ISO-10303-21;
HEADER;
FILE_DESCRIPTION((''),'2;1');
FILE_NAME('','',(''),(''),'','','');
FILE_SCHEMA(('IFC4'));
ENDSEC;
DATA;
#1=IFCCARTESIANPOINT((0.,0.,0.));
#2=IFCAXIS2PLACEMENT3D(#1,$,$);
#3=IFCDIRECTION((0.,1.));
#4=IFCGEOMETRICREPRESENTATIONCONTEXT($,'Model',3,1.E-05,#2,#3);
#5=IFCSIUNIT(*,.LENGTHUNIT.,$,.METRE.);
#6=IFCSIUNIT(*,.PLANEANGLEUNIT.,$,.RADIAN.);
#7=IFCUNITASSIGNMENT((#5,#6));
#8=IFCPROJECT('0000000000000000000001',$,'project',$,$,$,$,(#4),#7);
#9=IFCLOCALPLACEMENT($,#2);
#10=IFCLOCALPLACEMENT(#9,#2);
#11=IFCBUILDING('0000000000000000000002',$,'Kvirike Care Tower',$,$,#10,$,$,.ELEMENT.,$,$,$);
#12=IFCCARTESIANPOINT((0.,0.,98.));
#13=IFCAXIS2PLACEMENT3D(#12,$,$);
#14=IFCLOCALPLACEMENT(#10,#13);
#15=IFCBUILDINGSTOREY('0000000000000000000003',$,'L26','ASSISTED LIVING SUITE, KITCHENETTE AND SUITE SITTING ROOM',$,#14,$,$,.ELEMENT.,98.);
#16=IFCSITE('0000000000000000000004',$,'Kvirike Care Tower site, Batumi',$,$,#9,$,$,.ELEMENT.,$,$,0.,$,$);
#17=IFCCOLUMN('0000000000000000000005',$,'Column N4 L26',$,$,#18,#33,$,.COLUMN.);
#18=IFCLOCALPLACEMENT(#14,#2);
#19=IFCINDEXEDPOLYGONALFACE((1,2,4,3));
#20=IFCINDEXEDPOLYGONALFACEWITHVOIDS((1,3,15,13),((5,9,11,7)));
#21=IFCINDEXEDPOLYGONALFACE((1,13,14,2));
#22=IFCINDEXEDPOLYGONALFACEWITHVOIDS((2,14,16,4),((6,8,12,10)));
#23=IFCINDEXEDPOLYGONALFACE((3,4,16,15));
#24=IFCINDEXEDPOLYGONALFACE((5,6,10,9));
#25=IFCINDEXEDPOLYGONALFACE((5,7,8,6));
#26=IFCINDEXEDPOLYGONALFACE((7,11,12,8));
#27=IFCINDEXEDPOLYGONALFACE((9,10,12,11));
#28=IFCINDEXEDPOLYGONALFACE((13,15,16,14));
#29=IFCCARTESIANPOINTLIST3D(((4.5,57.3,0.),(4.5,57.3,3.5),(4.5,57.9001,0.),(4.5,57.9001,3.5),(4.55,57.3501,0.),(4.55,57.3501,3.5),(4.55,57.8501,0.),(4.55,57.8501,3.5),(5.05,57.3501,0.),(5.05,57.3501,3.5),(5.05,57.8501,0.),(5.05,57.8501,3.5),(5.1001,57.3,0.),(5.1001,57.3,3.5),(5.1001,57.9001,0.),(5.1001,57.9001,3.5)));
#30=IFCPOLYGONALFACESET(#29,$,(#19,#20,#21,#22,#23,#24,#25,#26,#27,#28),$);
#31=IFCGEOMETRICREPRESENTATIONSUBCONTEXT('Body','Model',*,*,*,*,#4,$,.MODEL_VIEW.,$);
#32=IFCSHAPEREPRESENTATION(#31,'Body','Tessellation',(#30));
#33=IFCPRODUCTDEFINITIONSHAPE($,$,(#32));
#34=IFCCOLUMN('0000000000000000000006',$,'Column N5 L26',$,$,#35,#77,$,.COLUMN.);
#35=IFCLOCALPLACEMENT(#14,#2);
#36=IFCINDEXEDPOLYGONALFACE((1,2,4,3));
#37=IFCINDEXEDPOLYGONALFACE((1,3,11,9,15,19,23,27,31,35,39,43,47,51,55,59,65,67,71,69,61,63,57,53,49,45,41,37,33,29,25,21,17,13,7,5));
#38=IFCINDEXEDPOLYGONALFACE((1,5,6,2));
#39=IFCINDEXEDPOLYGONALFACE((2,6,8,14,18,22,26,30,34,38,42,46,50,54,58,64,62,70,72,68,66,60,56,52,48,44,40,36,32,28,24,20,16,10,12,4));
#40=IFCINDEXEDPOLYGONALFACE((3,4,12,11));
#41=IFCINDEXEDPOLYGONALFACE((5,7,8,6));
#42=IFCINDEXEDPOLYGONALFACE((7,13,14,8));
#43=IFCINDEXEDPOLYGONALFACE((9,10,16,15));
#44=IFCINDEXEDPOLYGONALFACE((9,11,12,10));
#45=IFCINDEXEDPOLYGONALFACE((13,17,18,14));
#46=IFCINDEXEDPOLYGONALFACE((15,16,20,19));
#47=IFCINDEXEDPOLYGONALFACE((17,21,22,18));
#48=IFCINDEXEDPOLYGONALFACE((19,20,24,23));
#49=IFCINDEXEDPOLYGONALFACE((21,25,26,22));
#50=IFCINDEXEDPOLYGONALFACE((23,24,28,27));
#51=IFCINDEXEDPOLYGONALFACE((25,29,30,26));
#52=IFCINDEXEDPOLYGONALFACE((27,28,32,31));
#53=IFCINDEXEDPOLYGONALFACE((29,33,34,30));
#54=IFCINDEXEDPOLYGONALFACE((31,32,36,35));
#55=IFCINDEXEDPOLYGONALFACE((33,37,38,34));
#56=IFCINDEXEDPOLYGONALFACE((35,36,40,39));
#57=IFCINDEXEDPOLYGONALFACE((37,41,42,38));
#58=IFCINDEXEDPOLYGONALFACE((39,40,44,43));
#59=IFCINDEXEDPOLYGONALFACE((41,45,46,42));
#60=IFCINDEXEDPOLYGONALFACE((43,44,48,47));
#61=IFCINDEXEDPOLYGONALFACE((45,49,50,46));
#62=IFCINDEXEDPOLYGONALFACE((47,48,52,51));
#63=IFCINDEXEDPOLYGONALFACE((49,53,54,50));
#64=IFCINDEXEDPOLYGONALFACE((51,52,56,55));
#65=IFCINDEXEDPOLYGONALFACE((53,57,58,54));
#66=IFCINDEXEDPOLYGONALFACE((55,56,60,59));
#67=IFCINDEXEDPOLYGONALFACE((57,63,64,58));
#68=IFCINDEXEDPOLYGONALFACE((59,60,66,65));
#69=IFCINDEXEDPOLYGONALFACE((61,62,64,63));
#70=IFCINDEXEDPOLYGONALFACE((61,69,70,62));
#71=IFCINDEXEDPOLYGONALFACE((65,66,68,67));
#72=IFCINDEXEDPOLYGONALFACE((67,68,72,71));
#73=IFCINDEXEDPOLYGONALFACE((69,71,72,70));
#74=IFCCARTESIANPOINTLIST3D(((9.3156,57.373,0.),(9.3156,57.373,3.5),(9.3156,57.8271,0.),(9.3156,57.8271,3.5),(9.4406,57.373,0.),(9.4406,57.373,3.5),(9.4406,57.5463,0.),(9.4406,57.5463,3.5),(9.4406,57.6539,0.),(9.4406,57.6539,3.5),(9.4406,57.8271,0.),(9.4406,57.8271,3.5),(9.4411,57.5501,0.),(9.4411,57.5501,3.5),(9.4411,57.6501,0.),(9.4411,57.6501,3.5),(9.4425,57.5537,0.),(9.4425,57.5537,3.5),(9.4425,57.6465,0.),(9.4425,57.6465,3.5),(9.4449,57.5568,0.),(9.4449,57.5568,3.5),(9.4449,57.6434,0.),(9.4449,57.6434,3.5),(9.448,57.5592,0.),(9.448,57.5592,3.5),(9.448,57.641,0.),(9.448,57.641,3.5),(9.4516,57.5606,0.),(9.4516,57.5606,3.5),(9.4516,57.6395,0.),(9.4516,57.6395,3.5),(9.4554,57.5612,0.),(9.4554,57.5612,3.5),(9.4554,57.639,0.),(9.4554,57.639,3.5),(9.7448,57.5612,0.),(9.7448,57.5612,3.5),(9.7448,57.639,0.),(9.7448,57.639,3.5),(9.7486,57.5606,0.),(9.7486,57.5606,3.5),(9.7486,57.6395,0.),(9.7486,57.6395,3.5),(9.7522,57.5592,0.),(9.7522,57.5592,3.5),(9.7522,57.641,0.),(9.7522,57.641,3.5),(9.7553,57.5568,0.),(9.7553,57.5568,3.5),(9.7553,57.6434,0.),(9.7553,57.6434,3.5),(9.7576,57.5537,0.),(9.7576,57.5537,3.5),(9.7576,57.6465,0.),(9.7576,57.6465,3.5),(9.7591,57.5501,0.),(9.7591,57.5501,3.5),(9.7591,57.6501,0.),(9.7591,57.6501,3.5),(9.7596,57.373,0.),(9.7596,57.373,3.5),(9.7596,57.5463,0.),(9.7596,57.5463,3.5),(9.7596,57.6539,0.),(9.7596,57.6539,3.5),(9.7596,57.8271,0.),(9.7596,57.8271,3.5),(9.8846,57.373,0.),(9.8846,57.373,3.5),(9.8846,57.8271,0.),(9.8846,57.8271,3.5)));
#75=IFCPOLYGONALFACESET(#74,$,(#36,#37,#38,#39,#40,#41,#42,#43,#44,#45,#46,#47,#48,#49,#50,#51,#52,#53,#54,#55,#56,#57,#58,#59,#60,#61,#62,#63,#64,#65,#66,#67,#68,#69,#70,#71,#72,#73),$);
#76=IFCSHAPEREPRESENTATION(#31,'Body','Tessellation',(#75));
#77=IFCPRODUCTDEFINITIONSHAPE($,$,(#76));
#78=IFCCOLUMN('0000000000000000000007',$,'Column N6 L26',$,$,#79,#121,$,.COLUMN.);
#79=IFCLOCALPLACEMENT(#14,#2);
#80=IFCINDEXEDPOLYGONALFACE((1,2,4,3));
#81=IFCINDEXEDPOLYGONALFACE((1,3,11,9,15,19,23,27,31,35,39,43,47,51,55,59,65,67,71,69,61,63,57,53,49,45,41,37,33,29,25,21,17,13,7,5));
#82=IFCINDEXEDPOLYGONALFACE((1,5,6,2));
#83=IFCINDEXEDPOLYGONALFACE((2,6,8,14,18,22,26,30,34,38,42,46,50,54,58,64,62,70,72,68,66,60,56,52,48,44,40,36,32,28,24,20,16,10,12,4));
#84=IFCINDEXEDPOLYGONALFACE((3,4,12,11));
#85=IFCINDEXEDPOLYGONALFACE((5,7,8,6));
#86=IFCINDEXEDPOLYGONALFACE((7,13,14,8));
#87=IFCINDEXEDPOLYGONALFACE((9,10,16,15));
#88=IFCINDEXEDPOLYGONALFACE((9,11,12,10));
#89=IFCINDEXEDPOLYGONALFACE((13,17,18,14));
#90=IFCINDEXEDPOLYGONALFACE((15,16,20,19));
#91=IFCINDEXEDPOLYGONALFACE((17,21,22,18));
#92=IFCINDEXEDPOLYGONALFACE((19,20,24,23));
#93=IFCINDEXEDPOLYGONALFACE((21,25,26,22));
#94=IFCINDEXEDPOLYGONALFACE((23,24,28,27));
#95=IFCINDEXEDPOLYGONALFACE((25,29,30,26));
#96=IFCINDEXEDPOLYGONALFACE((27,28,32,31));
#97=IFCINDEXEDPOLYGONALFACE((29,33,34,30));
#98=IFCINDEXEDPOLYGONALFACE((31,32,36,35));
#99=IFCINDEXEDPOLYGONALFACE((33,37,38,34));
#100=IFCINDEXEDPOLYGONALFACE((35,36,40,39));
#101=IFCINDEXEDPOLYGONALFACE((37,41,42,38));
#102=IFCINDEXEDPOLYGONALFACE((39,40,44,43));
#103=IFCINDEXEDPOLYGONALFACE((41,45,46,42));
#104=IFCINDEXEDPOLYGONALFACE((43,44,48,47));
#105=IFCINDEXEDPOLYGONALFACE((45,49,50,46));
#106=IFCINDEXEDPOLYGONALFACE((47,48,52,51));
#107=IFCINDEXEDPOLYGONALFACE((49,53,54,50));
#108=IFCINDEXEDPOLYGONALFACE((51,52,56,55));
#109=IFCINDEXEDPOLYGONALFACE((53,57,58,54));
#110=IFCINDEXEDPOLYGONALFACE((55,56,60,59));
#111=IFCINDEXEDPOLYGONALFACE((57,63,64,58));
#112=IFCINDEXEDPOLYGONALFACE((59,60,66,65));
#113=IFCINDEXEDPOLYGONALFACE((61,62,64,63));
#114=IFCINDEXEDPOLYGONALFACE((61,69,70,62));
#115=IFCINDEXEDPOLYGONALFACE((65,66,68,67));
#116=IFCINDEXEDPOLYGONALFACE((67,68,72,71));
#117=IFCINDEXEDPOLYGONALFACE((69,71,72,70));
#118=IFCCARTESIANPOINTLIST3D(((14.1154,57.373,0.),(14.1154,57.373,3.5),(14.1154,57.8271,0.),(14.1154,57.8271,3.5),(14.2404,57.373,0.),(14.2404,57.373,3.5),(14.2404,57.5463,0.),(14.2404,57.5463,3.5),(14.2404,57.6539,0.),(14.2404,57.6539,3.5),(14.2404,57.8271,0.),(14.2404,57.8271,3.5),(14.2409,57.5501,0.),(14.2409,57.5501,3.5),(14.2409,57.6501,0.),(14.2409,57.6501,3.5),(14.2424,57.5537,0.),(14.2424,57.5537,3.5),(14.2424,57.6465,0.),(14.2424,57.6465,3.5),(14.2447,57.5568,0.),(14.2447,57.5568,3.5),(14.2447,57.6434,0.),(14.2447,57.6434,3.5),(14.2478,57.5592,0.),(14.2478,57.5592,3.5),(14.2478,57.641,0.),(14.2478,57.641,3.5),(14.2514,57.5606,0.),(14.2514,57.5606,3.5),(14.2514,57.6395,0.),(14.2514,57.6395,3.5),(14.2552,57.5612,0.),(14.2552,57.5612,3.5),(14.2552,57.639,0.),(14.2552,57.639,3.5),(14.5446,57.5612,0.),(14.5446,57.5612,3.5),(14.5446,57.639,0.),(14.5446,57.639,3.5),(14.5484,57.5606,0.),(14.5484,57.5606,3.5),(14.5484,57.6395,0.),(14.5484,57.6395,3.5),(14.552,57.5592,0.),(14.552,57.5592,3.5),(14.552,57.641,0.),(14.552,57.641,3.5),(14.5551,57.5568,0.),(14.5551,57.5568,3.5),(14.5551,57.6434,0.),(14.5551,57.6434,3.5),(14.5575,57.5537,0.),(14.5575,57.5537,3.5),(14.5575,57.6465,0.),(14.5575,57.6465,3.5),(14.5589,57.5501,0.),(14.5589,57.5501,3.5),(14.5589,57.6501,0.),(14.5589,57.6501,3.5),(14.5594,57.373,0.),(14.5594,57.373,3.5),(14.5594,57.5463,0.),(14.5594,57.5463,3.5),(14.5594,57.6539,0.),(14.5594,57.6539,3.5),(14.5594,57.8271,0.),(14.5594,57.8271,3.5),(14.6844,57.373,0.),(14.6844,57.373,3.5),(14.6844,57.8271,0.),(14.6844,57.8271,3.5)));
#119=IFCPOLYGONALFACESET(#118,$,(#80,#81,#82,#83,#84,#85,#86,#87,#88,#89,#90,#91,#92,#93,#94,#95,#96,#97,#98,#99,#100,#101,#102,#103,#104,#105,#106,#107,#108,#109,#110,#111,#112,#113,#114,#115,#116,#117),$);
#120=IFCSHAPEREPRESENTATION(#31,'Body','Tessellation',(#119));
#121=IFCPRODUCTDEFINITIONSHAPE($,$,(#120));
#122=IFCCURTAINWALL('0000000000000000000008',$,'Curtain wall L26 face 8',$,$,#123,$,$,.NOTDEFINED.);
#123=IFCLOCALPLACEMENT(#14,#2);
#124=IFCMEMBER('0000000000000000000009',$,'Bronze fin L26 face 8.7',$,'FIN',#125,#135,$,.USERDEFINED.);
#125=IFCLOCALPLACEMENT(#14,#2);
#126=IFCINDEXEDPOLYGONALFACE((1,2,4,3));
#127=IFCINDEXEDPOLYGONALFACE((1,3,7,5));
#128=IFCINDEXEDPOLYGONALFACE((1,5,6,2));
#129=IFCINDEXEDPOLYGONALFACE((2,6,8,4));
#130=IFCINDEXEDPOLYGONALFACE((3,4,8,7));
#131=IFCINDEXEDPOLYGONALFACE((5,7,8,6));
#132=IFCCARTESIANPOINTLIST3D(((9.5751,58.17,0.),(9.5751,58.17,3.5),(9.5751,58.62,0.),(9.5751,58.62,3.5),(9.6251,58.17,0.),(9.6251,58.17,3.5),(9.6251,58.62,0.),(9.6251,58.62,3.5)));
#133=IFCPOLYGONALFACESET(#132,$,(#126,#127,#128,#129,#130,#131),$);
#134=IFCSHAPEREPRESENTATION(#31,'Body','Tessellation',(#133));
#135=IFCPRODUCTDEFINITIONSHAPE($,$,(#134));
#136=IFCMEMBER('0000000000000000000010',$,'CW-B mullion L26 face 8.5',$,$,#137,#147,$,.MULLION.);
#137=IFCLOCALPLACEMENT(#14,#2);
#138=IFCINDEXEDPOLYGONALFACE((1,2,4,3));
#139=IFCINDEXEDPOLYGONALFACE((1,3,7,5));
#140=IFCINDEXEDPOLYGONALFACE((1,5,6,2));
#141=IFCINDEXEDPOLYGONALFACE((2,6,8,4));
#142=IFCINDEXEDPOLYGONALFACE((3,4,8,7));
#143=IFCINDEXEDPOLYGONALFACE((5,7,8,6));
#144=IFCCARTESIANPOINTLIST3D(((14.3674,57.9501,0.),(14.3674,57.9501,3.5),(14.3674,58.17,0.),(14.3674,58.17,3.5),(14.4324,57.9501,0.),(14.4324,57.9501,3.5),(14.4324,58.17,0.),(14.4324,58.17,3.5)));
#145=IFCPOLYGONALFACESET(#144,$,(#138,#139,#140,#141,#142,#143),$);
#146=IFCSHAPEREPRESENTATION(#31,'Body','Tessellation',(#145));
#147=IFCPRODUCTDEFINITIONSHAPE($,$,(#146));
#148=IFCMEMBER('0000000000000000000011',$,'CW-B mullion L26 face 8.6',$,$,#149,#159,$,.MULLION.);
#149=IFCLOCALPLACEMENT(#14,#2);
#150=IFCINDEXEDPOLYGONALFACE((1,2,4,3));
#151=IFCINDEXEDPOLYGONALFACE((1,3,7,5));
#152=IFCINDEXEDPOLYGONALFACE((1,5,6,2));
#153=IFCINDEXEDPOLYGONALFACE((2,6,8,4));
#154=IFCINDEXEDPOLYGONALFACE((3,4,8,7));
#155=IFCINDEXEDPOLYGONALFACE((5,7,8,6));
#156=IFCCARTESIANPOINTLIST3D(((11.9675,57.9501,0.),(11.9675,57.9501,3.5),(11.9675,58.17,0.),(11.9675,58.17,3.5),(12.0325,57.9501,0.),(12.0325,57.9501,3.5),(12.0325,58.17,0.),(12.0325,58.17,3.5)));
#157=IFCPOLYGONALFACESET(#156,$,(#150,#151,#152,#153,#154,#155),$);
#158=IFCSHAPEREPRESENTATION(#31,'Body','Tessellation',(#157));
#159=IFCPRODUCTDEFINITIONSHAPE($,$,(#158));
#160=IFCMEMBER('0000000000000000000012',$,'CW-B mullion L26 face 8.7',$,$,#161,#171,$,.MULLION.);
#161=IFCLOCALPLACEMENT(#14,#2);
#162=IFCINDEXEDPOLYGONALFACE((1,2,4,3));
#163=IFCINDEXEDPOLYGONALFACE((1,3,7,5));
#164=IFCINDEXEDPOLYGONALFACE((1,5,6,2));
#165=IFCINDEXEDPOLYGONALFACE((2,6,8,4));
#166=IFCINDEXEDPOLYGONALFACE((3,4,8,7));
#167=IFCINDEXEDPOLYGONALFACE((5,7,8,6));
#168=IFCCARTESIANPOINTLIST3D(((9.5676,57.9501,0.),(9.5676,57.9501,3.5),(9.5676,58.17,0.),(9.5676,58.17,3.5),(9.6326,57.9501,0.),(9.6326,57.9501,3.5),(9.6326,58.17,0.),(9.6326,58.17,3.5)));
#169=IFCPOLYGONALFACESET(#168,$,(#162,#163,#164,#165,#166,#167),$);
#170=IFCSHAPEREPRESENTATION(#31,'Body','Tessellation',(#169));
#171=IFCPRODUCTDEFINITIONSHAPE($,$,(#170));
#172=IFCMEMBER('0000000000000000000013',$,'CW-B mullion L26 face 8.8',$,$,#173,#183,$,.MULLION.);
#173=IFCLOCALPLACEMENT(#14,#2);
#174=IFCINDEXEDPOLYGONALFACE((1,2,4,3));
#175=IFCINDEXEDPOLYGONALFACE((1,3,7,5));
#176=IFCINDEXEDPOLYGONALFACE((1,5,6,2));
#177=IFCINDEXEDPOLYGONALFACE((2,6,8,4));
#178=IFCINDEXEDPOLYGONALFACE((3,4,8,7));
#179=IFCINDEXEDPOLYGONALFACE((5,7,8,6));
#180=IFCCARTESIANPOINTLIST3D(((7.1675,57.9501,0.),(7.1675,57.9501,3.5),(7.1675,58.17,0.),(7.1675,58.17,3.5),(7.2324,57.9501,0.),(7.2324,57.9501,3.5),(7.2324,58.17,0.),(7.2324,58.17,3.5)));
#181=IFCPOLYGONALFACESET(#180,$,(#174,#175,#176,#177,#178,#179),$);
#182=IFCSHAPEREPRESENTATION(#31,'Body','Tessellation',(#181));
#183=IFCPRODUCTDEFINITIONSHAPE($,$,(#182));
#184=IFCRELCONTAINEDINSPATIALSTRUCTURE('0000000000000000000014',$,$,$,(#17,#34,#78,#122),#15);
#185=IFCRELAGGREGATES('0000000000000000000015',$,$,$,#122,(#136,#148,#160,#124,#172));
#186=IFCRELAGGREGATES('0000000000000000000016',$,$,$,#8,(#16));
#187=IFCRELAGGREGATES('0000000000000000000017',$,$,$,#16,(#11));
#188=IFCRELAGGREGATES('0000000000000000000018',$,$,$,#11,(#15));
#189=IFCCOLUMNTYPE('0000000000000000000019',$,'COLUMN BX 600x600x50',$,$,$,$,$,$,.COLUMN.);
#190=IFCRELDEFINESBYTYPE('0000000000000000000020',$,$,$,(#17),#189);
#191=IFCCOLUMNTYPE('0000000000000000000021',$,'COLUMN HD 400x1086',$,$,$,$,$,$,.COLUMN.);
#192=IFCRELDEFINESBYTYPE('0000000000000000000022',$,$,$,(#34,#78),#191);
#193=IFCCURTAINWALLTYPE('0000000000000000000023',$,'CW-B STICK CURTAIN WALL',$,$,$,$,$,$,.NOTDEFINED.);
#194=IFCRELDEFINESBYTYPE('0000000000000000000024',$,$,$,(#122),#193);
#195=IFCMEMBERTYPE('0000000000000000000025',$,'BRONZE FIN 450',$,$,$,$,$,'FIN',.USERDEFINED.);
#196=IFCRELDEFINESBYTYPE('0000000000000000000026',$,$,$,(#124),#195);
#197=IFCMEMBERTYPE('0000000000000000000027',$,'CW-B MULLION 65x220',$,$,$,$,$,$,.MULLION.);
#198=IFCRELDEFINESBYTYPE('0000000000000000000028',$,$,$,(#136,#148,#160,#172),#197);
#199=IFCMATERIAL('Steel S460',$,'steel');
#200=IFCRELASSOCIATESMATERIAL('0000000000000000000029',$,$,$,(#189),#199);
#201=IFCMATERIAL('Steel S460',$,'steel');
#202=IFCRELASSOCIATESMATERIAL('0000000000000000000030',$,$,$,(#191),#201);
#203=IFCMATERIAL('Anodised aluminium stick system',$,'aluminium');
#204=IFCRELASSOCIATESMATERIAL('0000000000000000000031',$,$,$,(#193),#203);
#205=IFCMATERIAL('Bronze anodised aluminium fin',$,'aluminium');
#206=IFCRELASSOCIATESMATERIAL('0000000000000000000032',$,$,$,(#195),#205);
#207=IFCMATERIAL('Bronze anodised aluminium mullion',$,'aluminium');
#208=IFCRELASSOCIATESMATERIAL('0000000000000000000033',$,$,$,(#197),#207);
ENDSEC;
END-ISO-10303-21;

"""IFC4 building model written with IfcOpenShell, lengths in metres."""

from ifc_helpers import new_model, si_unit, direction, frame, origin, origin_2d, place, context, subcontext, project, spatial, rectangle, hollow_rectangle, i_section, extrude, material, material_profile, profile_set, type_object, element, aggregate, save


model = new_model("IFC4")

# Units and contexts
model_context = context("Model", 3, precision=1e-05, world=origin(), true_north=direction((0.0, 1.0)))
body_context = subcontext(model_context, "Body", "Model", "MODEL_VIEW")
ifc_project = project(units=[si_unit("LENGTHUNIT", "METRE"), si_unit("PLANEANGLEUNIT", "RADIAN")], contexts=[model_context])

# Site, building, storey
site_placement = place(None, origin())
site = spatial("IfcSite", under=ifc_project, at=site_placement, Name="Kvirike Care Tower site, Batumi", CompositionType="ELEMENT", RefElevation=0.0)
building_placement = place(site_placement, origin())
building = spatial("IfcBuilding", under=site, at=building_placement, Name="Kvirike Care Tower", CompositionType="ELEMENT")
storey_placement = place(building_placement, frame((0.0, 0.0, 98.0)))
storey = spatial("IfcBuildingStorey", under=building, at=storey_placement, Name="L26", Description="ASSISTED LIVING SUITE, KITCHENETTE AND SUITE SITTING ROOM", CompositionType="ELEMENT", Elevation=98.0)

# Columns
ifc_material_1 = material(Name="Steel S460", Category="steel")
ifc_material_profile_1 = material_profile(ifc_material_1, hollow_rectangle(XDim=0.6001, YDim=0.6001, WallThickness=0.05, at=origin_2d()), Name="BX 600x600x50")
ifc_profile_set_1 = profile_set([ifc_material_profile_1], Name="Steel S460")
column_type_1 = type_object("IfcColumnType", Name="COLUMN BX 600x600x50", PredefinedType="COLUMN", material=ifc_profile_set_1)
column_placement = place(storey_placement, frame((4.8, 57.6001, 0.0), z_axis=(0.0, 0.0, 1.0), x_axis=(0.0, 1.0, 0.0)))
element("IfcColumn", 1, at=column_placement, inside=storey, type_object=column_type_1, Name="Column N4 L26", PredefinedType="COLUMN", context=body_context, shape_type="SweptSolid", body=[
    extrude(hollow_rectangle(XDim=0.6001, YDim=0.6001, WallThickness=0.05, at=origin_2d()), origin(), (0.0, 0.0, 1.0), 3.5),
])
ifc_material_2 = material(Name="Steel S460", Category="steel")
ifc_material_profile_2 = material_profile(ifc_material_2, i_section(OverallWidth=0.4541, OverallDepth=0.5691, WebThickness=0.0779, FlangeThickness=0.125, FilletRadius=0.0149, at=origin_2d()), Name="HD 400x1086")
ifc_profile_set_2 = profile_set([ifc_material_profile_2], Name="Steel S460")
column_type_2 = type_object("IfcColumnType", Name="COLUMN HD 400x1086", PredefinedType="COLUMN", material=ifc_profile_set_2)
for number, where, z_axis, x_axis, name in (
    (2, (9.6001, 57.6001, 0.0), (0.0, 0.0, 1.0), (0.0, 1.0, 0.0), "Column N5 L26"),
    (3, (14.3999, 57.6001, 0.0), (0.0, 0.0, 1.0), (0.0, 1.0, 0.0), "Column N6 L26"),
):
    element("IfcColumn", number, at=place(storey_placement, frame(where, z_axis=z_axis, x_axis=x_axis)), inside=storey, type_object=column_type_2, Name=name, PredefinedType="COLUMN", context=body_context, shape_type="SweptSolid", body=[
        extrude(i_section(OverallWidth=0.4541, OverallDepth=0.5691, WebThickness=0.0779, FlangeThickness=0.125, FilletRadius=0.0149, at=origin_2d()), origin(), (0.0, 0.0, 1.0), 3.5),
    ])

# Curtain wall, members
ifc_material_3 = material(Name="Anodised aluminium stick system", Category="aluminium")
curtain_wall_type = type_object("IfcCurtainWallType", Name="CW-B STICK CURTAIN WALL", PredefinedType="NOTDEFINED", material=ifc_material_3)
curtain_wall_placement = place(storey_placement, origin())
curtain_wall = element("IfcCurtainWall", 4, at=curtain_wall_placement, inside=storey, type_object=curtain_wall_type, Name="Curtain wall L26 face 8", PredefinedType="NOTDEFINED")
ifc_material_4 = material(Name="Bronze anodised aluminium fin", Category="aluminium")
ifc_material_profile_3 = material_profile(ifc_material_4, rectangle(XDim=0.05, YDim=0.45, at=origin_2d()), Name="BRONZE FIN 450")
ifc_profile_set_3 = profile_set([ifc_material_profile_3], Name="Bronze anodised aluminium fin")
member_type_1 = type_object("IfcMemberType", Name="BRONZE FIN 450", ElementType="FIN", PredefinedType="USERDEFINED", material=ifc_profile_set_3)
member_1_placement = place(storey_placement, frame((9.6001, 58.395, 0.0), z_axis=(0.0, 0.0, 1.0), x_axis=(-1.0, 0.0, 0.0)))
member_1 = element("IfcMember", 5, at=member_1_placement, type_object=member_type_1, Name="Bronze fin L26 face 8.7", ObjectType="FIN", PredefinedType="USERDEFINED", context=body_context, shape_type="SweptSolid", body=[
    extrude(rectangle(XDim=0.05, YDim=0.45, at=origin_2d()), origin(), (0.0, 0.0, 1.0), 3.5),
])
ifc_material_5 = material(Name="Bronze anodised aluminium mullion", Category="aluminium")
ifc_material_profile_4 = material_profile(ifc_material_5, rectangle(XDim=0.0649, YDim=0.22, at=origin_2d()), Name="CW-B MULLION 65x220")
ifc_profile_set_4 = profile_set([ifc_material_profile_4], Name="Bronze anodised aluminium mullion")
member_type_2 = type_object("IfcMemberType", Name="CW-B MULLION 65x220", PredefinedType="MULLION", material=ifc_profile_set_4)
member_2_placement = place(storey_placement, frame((14.3999, 58.0601, 0.0), z_axis=(0.0, 0.0, 1.0), x_axis=(-1.0, 0.0, 0.0)))
member_2 = element("IfcMember", 6, at=member_2_placement, type_object=member_type_2, Name="CW-B mullion L26 face 8.5", PredefinedType="MULLION", context=body_context, shape_type="SweptSolid", body=[
    extrude(rectangle(XDim=0.0649, YDim=0.22, at=origin_2d()), origin(), (0.0, 0.0, 1.0), 3.5),
])
member_3_placement = place(storey_placement, frame((12.0, 58.0601, 0.0), z_axis=(0.0, 0.0, 1.0), x_axis=(-1.0, 0.0, 0.0)))
member_3 = element("IfcMember", 7, at=member_3_placement, type_object=member_type_2, Name="CW-B mullion L26 face 8.6", PredefinedType="MULLION", context=body_context, shape_type="SweptSolid", body=[
    extrude(rectangle(XDim=0.0649, YDim=0.22, at=origin_2d()), origin(), (0.0, 0.0, 1.0), 3.5),
])
member_4_placement = place(storey_placement, frame((9.6001, 58.0601, 0.0), z_axis=(0.0, 0.0, 1.0), x_axis=(-1.0, 0.0, 0.0)))
member_4 = element("IfcMember", 8, at=member_4_placement, type_object=member_type_2, Name="CW-B mullion L26 face 8.7", PredefinedType="MULLION", context=body_context, shape_type="SweptSolid", body=[
    extrude(rectangle(XDim=0.0649, YDim=0.22, at=origin_2d()), origin(), (0.0, 0.0, 1.0), 3.5),
])
member_5_placement = place(storey_placement, frame((7.2, 58.0601, 0.0), z_axis=(0.0, 0.0, 1.0), x_axis=(-1.0, 0.0, 0.0)))
member_5 = element("IfcMember", 9, at=member_5_placement, type_object=member_type_2, Name="CW-B mullion L26 face 8.8", PredefinedType="MULLION", context=body_context, shape_type="SweptSolid", body=[
    extrude(rectangle(XDim=0.0649, YDim=0.22, at=origin_2d()), origin(), (0.0, 0.0, 1.0), 3.5),
])

aggregate(curtain_wall, [member_2, member_3, member_4, member_1, member_5])

save(model, "model.ifc")
